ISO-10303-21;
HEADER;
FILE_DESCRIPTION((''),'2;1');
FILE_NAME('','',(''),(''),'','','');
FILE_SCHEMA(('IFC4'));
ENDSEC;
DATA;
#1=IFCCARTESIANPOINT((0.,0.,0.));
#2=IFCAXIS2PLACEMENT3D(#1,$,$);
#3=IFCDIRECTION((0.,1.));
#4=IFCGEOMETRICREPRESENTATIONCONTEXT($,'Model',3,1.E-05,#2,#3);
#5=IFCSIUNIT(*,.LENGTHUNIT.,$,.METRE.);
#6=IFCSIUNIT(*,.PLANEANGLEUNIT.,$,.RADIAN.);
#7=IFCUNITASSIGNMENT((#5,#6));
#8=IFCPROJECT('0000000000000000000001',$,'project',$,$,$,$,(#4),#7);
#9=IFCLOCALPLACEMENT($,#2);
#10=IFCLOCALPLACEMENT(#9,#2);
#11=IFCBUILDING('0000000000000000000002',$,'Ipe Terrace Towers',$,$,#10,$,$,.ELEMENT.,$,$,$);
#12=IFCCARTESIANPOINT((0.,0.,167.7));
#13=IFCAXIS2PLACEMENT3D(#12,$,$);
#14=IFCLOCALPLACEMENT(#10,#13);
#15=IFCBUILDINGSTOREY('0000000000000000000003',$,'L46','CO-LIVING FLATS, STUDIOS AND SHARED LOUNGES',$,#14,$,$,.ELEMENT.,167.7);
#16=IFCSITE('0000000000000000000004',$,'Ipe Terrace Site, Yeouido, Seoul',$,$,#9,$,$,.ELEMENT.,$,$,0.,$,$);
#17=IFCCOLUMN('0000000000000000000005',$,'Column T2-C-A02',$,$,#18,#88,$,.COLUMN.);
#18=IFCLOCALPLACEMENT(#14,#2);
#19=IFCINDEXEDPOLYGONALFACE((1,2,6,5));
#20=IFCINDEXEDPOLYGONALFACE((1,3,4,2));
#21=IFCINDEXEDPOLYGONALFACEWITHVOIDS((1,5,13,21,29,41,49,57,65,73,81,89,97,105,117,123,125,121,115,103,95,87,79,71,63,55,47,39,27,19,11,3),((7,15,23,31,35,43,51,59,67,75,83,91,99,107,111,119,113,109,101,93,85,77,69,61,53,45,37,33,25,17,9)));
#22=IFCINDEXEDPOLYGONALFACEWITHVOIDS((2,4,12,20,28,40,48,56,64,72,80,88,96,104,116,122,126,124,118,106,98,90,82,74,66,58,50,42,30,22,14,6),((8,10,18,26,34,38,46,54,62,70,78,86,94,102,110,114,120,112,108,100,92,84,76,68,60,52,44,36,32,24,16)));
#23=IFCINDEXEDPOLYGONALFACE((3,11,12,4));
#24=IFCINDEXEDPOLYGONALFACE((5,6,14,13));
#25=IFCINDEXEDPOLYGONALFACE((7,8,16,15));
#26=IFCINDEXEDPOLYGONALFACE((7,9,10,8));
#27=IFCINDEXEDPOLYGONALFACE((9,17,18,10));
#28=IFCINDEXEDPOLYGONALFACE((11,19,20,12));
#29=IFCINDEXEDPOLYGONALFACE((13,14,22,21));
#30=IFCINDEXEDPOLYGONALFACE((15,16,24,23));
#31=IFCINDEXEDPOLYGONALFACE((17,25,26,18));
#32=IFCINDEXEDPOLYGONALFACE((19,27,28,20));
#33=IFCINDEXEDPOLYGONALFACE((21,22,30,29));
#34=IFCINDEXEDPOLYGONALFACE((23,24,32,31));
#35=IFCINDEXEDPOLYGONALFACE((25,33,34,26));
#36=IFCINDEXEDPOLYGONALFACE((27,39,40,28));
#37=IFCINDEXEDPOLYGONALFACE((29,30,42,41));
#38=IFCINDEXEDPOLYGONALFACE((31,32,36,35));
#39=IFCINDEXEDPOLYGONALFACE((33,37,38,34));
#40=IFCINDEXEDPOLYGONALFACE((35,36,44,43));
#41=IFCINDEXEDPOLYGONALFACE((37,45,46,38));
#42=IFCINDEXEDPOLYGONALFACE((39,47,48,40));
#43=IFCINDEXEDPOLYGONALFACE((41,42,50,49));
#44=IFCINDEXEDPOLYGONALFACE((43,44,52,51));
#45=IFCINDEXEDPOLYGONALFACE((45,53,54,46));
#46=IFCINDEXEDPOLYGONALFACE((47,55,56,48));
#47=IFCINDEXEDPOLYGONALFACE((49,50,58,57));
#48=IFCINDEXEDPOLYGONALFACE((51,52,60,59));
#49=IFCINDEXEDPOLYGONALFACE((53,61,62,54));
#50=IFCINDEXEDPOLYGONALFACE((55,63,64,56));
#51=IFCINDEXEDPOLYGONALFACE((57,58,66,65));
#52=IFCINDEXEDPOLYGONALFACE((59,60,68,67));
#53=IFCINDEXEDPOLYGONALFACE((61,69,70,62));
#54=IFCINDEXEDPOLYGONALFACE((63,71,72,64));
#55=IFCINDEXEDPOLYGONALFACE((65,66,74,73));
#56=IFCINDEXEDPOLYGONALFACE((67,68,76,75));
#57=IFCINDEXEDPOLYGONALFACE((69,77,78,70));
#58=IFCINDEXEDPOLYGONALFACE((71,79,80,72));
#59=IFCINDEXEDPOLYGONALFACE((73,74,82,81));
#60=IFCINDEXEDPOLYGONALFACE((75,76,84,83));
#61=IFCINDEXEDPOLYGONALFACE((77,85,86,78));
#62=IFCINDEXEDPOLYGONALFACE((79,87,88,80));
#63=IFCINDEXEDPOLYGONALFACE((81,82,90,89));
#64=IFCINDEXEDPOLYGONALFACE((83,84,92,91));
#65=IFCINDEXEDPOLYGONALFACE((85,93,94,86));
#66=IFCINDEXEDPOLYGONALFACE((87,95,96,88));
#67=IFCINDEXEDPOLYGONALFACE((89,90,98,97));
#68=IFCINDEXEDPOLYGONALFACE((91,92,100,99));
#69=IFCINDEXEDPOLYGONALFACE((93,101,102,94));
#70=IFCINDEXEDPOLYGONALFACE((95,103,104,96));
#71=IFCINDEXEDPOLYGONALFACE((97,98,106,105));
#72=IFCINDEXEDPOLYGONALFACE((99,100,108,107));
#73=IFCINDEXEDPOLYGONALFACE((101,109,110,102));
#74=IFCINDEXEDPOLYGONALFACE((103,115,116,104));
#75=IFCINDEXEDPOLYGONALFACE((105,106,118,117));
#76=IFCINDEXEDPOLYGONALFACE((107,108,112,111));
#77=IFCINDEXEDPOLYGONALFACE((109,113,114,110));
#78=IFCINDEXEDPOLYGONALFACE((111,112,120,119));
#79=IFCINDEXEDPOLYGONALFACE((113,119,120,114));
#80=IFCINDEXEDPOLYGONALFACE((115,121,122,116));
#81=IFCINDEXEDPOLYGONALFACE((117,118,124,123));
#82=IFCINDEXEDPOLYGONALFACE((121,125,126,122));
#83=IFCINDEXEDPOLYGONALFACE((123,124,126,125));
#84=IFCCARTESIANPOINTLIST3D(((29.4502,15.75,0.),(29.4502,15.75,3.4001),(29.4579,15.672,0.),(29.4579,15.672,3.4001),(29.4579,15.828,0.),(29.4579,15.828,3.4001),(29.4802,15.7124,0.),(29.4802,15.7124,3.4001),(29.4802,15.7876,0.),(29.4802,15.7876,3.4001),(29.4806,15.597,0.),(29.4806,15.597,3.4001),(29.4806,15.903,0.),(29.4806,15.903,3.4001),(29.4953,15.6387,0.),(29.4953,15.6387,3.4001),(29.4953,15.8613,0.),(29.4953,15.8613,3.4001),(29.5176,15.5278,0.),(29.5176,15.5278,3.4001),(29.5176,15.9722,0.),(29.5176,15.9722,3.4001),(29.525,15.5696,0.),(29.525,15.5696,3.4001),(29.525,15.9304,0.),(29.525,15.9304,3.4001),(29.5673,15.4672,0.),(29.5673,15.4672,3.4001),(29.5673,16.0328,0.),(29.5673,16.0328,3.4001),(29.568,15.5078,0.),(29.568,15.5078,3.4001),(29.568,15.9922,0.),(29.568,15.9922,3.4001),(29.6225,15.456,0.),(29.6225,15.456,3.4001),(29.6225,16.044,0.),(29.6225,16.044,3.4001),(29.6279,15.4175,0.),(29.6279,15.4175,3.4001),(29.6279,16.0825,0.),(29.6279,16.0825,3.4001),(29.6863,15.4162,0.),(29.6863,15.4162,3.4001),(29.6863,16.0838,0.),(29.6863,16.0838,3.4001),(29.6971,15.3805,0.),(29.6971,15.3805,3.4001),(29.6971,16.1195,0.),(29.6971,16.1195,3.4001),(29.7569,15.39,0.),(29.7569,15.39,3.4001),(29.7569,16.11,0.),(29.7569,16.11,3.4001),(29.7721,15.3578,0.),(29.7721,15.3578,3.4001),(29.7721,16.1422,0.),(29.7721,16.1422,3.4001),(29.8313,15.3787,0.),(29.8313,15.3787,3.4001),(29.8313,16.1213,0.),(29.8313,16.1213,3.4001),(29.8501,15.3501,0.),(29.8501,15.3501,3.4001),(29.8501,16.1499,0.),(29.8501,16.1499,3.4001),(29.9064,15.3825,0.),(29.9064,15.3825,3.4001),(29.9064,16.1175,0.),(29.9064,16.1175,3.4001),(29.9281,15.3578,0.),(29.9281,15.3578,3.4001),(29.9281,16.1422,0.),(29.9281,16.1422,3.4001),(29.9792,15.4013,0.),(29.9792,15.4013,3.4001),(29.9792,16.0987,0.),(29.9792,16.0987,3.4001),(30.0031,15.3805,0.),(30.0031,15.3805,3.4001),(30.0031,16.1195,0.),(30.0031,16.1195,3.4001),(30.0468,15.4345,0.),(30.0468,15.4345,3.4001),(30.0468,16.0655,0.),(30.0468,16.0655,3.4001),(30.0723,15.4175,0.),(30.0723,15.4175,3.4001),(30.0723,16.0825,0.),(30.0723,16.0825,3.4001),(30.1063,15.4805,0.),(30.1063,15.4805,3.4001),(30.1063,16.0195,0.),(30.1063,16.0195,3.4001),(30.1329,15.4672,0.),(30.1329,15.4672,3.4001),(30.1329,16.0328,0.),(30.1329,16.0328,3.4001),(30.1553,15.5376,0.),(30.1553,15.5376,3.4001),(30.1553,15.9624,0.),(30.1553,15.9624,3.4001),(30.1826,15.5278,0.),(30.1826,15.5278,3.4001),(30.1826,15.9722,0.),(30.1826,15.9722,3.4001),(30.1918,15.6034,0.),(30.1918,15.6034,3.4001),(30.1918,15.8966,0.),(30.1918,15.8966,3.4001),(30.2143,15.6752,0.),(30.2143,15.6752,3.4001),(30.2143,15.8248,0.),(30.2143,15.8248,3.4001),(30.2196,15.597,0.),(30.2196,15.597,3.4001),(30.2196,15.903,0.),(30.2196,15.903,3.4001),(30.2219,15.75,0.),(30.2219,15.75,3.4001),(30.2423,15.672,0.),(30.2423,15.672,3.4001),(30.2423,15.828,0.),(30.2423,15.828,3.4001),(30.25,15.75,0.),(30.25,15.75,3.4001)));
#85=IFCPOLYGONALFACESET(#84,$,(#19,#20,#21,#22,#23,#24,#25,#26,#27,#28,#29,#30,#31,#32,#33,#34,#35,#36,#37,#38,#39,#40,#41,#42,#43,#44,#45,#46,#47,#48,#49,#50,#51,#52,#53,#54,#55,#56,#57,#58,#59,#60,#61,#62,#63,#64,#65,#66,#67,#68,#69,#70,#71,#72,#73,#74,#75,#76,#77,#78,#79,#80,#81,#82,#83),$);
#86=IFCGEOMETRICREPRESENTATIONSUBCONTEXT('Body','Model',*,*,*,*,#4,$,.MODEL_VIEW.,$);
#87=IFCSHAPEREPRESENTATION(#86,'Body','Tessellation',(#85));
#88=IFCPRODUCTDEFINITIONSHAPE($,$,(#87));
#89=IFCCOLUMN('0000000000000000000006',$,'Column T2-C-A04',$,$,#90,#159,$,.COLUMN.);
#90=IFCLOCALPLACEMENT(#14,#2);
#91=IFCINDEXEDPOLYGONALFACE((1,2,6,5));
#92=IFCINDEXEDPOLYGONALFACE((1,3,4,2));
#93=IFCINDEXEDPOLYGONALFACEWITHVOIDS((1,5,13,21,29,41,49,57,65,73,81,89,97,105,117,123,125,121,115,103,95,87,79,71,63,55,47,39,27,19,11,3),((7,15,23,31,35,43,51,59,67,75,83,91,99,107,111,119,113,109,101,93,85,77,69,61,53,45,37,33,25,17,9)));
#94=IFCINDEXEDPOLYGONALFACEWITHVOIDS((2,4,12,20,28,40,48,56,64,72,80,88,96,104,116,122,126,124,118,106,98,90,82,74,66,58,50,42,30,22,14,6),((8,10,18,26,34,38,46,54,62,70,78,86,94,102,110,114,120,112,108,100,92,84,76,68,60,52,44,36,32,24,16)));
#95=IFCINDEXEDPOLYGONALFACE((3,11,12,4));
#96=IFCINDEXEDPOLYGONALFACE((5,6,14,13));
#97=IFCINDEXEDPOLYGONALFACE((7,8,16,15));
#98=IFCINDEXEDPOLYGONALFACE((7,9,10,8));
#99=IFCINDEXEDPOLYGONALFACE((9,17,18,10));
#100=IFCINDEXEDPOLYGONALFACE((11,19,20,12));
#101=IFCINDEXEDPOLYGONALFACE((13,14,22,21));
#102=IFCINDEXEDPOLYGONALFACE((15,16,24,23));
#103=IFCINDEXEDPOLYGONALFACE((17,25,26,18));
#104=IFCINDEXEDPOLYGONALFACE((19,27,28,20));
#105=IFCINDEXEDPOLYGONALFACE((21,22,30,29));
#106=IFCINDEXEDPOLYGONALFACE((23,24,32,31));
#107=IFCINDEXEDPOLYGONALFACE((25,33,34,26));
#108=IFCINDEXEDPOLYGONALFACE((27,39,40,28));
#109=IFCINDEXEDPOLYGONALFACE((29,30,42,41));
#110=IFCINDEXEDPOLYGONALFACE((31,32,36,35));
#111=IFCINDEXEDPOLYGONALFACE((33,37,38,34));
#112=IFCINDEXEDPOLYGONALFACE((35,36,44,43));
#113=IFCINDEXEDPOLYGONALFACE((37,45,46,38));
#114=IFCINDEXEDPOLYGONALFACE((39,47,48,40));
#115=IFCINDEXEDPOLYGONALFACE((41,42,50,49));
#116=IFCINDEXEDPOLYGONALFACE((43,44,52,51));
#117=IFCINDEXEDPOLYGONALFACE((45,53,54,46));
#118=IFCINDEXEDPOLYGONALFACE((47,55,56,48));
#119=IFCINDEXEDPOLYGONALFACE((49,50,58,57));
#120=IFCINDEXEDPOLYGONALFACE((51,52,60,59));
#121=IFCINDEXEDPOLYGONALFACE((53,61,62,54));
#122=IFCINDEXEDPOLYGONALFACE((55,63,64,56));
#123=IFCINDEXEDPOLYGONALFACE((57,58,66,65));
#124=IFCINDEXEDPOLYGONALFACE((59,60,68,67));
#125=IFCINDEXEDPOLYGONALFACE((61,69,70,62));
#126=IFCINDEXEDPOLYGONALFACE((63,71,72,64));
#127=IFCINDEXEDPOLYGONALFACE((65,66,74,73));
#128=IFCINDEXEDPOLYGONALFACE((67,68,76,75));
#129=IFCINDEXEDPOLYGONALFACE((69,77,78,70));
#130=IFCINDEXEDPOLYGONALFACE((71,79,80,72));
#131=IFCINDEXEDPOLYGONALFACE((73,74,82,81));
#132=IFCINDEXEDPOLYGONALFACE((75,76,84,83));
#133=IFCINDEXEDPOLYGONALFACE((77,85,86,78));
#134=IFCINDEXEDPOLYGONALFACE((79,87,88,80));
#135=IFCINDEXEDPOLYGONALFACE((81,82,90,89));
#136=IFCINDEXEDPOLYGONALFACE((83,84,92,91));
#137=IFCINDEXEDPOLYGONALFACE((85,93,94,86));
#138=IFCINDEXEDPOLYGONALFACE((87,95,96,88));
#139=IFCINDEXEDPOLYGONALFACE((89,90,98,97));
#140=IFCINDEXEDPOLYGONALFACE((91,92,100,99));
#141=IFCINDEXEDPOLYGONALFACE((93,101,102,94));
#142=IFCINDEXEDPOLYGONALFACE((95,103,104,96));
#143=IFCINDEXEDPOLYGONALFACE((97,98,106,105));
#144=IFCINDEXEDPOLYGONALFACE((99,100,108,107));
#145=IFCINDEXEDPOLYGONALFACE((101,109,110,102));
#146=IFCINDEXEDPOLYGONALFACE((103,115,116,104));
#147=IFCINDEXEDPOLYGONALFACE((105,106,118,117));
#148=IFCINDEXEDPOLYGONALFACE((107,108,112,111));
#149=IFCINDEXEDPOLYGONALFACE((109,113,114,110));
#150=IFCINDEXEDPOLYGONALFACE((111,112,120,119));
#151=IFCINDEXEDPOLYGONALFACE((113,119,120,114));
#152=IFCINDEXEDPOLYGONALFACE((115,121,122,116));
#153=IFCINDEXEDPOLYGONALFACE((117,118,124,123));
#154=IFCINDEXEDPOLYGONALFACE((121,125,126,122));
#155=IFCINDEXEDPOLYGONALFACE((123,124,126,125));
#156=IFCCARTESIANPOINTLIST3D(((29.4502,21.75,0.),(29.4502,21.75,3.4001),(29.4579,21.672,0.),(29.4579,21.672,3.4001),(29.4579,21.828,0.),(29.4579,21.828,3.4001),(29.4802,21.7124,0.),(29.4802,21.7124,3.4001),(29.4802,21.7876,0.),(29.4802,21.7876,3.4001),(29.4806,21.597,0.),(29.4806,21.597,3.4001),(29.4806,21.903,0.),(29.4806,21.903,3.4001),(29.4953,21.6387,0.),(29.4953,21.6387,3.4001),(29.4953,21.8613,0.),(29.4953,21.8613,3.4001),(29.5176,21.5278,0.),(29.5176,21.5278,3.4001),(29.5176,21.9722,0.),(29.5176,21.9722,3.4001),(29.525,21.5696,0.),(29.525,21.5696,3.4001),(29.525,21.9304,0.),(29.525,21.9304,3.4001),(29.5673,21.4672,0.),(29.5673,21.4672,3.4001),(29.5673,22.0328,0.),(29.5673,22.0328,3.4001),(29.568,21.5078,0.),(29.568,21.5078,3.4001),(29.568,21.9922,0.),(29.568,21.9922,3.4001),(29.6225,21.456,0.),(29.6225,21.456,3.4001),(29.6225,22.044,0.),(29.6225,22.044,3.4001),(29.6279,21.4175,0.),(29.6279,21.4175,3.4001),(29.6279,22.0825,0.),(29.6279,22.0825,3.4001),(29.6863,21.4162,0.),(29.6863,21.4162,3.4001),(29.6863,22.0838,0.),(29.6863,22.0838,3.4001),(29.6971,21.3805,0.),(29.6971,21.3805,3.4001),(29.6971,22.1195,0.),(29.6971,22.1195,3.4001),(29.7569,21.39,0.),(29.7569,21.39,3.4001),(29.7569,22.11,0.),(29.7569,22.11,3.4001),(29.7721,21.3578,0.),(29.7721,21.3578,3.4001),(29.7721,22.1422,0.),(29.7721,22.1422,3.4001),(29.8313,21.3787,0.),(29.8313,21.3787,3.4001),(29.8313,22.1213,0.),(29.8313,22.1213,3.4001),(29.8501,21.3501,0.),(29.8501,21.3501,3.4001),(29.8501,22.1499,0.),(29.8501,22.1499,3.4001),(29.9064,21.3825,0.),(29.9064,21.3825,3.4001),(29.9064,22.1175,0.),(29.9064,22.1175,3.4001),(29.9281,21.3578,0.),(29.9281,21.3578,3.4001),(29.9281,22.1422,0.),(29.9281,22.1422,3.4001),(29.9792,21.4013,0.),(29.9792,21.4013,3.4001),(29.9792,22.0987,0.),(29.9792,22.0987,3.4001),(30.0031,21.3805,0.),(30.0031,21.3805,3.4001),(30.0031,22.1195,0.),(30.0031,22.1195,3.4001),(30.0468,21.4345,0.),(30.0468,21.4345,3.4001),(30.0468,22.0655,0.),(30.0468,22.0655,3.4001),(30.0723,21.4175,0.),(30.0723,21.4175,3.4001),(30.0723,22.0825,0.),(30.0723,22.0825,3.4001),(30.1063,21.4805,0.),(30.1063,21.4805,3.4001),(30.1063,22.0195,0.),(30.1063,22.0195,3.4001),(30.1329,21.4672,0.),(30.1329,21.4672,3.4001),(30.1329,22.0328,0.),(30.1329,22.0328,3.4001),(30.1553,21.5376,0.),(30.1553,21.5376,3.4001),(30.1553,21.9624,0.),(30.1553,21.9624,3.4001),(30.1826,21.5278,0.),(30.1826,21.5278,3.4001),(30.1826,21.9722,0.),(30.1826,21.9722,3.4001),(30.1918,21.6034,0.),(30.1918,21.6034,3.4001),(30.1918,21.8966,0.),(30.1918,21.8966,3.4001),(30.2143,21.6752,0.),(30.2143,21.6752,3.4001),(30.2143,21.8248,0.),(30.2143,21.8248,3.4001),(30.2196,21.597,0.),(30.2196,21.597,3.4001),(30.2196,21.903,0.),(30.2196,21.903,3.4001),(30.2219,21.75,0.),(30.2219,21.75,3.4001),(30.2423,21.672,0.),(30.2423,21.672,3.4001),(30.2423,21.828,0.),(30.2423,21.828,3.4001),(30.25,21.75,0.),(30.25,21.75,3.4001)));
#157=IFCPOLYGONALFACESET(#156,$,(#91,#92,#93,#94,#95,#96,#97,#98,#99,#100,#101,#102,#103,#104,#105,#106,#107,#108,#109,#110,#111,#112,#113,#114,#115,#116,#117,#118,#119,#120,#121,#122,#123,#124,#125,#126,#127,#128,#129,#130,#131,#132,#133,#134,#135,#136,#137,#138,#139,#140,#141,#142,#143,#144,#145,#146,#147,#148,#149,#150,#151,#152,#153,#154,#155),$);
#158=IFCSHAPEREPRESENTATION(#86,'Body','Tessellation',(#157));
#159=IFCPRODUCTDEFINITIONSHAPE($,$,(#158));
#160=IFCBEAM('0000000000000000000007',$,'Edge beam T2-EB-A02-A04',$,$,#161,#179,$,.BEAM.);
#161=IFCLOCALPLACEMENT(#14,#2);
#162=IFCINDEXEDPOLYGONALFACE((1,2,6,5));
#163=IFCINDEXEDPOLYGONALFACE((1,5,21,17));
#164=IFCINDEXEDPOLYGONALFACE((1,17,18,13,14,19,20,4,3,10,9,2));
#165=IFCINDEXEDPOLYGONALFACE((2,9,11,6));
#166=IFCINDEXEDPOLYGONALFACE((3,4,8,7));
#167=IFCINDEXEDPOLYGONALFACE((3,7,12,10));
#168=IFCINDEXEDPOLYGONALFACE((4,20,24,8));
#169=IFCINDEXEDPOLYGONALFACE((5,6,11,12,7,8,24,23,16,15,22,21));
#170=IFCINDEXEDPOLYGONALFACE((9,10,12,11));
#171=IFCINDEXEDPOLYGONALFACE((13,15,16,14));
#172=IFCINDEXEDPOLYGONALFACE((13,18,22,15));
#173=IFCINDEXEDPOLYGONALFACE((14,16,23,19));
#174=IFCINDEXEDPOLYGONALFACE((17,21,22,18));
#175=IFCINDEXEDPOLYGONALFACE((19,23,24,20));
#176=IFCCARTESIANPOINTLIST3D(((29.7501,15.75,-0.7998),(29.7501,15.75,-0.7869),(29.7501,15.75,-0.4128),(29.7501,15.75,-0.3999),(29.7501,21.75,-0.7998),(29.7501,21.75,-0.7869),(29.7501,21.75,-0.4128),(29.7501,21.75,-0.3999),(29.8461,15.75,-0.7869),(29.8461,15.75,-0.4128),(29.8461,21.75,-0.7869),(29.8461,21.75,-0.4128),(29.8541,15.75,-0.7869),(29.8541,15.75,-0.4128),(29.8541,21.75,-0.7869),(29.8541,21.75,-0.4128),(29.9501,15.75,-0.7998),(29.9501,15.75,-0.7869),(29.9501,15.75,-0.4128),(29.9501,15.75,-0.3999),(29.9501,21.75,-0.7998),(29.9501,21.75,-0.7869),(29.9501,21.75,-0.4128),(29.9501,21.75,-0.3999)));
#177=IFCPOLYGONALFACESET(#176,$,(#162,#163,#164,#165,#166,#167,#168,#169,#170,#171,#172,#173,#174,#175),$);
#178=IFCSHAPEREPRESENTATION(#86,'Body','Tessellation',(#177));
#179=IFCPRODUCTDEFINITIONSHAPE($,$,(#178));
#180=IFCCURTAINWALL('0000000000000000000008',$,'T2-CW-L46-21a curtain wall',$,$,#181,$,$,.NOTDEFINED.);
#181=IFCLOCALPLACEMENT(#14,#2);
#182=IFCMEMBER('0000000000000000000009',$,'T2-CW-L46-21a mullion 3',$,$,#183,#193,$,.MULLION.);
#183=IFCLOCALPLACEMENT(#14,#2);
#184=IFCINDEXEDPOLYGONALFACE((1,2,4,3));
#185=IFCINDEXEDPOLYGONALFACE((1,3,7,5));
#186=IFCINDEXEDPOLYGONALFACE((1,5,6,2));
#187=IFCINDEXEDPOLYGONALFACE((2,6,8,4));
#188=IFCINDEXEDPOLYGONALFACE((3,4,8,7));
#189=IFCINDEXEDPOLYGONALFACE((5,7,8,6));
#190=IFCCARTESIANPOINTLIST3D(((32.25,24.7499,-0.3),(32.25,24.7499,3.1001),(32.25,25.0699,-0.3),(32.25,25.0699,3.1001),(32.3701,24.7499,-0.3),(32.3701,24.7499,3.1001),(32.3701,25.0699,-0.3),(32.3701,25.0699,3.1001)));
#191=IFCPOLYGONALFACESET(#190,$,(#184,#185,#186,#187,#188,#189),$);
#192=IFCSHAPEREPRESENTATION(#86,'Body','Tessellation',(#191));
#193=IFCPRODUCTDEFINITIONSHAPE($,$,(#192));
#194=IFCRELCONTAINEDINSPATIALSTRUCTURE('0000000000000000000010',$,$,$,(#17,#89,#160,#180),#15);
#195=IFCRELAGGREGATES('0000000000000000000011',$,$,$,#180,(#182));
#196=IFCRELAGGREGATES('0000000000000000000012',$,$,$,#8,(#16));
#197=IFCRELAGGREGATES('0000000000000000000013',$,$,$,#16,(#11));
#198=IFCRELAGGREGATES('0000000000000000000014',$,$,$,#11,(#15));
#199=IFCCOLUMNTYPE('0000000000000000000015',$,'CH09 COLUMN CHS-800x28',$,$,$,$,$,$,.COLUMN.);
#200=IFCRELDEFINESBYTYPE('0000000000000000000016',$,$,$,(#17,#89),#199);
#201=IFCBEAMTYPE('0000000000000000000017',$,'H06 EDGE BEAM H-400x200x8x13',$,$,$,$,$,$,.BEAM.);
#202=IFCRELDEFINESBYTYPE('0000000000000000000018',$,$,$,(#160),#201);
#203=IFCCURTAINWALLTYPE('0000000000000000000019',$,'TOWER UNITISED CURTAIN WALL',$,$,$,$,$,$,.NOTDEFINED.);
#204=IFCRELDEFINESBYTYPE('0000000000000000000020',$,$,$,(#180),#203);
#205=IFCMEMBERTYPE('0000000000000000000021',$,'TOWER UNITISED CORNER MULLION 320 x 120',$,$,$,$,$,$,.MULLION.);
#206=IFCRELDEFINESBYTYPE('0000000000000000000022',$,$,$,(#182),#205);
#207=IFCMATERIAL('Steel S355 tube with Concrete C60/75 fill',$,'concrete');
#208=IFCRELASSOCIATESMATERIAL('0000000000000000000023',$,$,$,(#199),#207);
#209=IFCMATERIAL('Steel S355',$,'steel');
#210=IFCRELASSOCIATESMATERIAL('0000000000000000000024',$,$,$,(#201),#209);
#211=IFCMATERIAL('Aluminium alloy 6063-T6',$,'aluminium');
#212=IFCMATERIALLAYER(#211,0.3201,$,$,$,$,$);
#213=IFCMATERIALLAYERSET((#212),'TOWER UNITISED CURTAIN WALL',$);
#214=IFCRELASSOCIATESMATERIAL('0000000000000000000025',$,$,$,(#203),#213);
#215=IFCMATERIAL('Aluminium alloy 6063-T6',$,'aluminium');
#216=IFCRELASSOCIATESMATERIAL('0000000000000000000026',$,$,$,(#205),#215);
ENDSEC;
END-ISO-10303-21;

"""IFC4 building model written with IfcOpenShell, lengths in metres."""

from ifc_helpers import new_model, si_unit, direction, frame, origin, origin_2d, place, context, subcontext, project, spatial, rectangle, hollow_circle, i_section, extrude, material, layer, layer_set, material_profile, profile_set, type_object, element, aggregate, save


model = new_model("IFC4")

# Units and contexts
model_context = context("Model", 3, precision=1e-05, world=origin(), true_north=direction((0.0, 1.0)))
body_context = subcontext(model_context, "Body", "Model", "MODEL_VIEW")
ifc_project = project(units=[si_unit("LENGTHUNIT", "METRE"), si_unit("PLANEANGLEUNIT", "RADIAN")], contexts=[model_context])

# Site, building, storey
site_placement = place(None, origin())
site = spatial("IfcSite", under=ifc_project, at=site_placement, Name="Ipe Terrace Site, Yeouido, Seoul", CompositionType="ELEMENT", RefElevation=0.0)
building_placement = place(site_placement, origin())
building = spatial("IfcBuilding", under=site, at=building_placement, Name="Ipe Terrace Towers", CompositionType="ELEMENT")
storey_placement = place(building_placement, frame((0.0, 0.0, 167.7)))
storey = spatial("IfcBuildingStorey", under=building, at=storey_placement, Name="L46", Description="CO-LIVING FLATS, STUDIOS AND SHARED LOUNGES", CompositionType="ELEMENT", Elevation=167.7)

# Columns
ifc_material_1 = material(Name="Steel S355 tube with Concrete C60/75 fill", Category="concrete")
ifc_material_profile_1 = material_profile(ifc_material_1, hollow_circle(Radius=0.3999, WallThickness=0.0281, at=origin_2d()), Name="CHS-800x28")
ifc_profile_set_1 = profile_set([ifc_material_profile_1], Name="Steel S355 tube with Concrete C60/75 fill")
column_type = type_object("IfcColumnType", Name="CH09 COLUMN CHS-800x28", PredefinedType="COLUMN", material=ifc_profile_set_1)
for number, where, z_axis, x_axis, name in (
    (1, (29.8501, 15.75, 0.0), (0.0, 0.0, 1.0), (1.0, 0.0, 0.0), "Column T2-C-A02"),
    (2, (29.8501, 21.75, 0.0), (0.0, 0.0, 1.0), (1.0, 0.0, 0.0), "Column T2-C-A04"),
):
    element("IfcColumn", number, at=place(storey_placement, frame(where, z_axis=z_axis, x_axis=x_axis)), inside=storey, type_object=column_type, Name=name, PredefinedType="COLUMN", context=body_context, shape_type="SweptSolid", body=[
        extrude(hollow_circle(Radius=0.3999, WallThickness=0.0281, at=origin_2d()), origin(), (0.0, 0.0, 1.0), 3.4001),
    ])

# Beam
ifc_material_2 = material(Name="Steel S355", Category="steel")
ifc_material_profile_2 = material_profile(ifc_material_2, i_section(OverallWidth=0.2, OverallDepth=0.3999, WebThickness=0.0081, FlangeThickness=0.0129, at=origin_2d()), Name="H-400x200x8x13")
ifc_profile_set_2 = profile_set([ifc_material_profile_2], Name="Steel S355")
beam_type = type_object("IfcBeamType", Name="H06 EDGE BEAM H-400x200x8x13", PredefinedType="BEAM", material=ifc_profile_set_2)
beam_placement = place(storey_placement, frame((29.8501, 15.75, -0.5999), z_axis=(0.0, 1.0, 0.0), x_axis=(-1.0, 0.0, 0.0)))
element("IfcBeam", 3, at=beam_placement, inside=storey, type_object=beam_type, Name="Edge beam T2-EB-A02-A04", PredefinedType="BEAM", context=body_context, shape_type="SweptSolid", body=[
    extrude(i_section(OverallWidth=0.2, OverallDepth=0.3999, WebThickness=0.0081, FlangeThickness=0.0129, at=origin_2d()), origin(), (0.0, 0.0, 1.0), 6.0),
])

# Curtain wall, member
ifc_material_3 = material(Name="Aluminium alloy 6063-T6", Category="aluminium")
ifc_layer_1 = layer(ifc_material_3, 0.3201)
ifc_layer_set_1 = layer_set([ifc_layer_1], Name="TOWER UNITISED CURTAIN WALL")
curtain_wall_type = type_object("IfcCurtainWallType", Name="TOWER UNITISED CURTAIN WALL", PredefinedType="NOTDEFINED", material=ifc_layer_set_1)
curtain_wall_1_placement = place(storey_placement, origin())
curtain_wall_1 = element("IfcCurtainWall", 4, at=curtain_wall_1_placement, inside=storey, type_object=curtain_wall_type, Name="T2-CW-L46-21a curtain wall", PredefinedType="NOTDEFINED")
ifc_material_4 = material(Name="Aluminium alloy 6063-T6", Category="aluminium")
ifc_material_profile_3 = material_profile(ifc_material_4, rectangle(XDim=0.3201, YDim=0.1201, at=origin_2d()), Name="TOWER UNITISED CORNER MULLION 320 x 120")
ifc_profile_set_3 = profile_set([ifc_material_profile_3], Name="Aluminium alloy 6063-T6")
member_type = type_object("IfcMemberType", Name="TOWER UNITISED CORNER MULLION 320 x 120", PredefinedType="MULLION", material=ifc_profile_set_3)
member_1_placement = place(storey_placement, frame((32.3101, 24.9099, -0.3), z_axis=(0.0, 0.0, 1.0), x_axis=(0.0, 1.0, 0.0)))
member_1 = element("IfcMember", 5, at=member_1_placement, type_object=member_type, Name="T2-CW-L46-21a mullion 3", PredefinedType="MULLION", context=body_context, shape_type="SweptSolid", body=[
    extrude(rectangle(XDim=0.3201, YDim=0.1201, at=origin_2d()), origin(), (0.0, 0.0, 1.0), 3.4001),
])

aggregate(curtain_wall_1, [member_1])

save(model, "model.ifc")
